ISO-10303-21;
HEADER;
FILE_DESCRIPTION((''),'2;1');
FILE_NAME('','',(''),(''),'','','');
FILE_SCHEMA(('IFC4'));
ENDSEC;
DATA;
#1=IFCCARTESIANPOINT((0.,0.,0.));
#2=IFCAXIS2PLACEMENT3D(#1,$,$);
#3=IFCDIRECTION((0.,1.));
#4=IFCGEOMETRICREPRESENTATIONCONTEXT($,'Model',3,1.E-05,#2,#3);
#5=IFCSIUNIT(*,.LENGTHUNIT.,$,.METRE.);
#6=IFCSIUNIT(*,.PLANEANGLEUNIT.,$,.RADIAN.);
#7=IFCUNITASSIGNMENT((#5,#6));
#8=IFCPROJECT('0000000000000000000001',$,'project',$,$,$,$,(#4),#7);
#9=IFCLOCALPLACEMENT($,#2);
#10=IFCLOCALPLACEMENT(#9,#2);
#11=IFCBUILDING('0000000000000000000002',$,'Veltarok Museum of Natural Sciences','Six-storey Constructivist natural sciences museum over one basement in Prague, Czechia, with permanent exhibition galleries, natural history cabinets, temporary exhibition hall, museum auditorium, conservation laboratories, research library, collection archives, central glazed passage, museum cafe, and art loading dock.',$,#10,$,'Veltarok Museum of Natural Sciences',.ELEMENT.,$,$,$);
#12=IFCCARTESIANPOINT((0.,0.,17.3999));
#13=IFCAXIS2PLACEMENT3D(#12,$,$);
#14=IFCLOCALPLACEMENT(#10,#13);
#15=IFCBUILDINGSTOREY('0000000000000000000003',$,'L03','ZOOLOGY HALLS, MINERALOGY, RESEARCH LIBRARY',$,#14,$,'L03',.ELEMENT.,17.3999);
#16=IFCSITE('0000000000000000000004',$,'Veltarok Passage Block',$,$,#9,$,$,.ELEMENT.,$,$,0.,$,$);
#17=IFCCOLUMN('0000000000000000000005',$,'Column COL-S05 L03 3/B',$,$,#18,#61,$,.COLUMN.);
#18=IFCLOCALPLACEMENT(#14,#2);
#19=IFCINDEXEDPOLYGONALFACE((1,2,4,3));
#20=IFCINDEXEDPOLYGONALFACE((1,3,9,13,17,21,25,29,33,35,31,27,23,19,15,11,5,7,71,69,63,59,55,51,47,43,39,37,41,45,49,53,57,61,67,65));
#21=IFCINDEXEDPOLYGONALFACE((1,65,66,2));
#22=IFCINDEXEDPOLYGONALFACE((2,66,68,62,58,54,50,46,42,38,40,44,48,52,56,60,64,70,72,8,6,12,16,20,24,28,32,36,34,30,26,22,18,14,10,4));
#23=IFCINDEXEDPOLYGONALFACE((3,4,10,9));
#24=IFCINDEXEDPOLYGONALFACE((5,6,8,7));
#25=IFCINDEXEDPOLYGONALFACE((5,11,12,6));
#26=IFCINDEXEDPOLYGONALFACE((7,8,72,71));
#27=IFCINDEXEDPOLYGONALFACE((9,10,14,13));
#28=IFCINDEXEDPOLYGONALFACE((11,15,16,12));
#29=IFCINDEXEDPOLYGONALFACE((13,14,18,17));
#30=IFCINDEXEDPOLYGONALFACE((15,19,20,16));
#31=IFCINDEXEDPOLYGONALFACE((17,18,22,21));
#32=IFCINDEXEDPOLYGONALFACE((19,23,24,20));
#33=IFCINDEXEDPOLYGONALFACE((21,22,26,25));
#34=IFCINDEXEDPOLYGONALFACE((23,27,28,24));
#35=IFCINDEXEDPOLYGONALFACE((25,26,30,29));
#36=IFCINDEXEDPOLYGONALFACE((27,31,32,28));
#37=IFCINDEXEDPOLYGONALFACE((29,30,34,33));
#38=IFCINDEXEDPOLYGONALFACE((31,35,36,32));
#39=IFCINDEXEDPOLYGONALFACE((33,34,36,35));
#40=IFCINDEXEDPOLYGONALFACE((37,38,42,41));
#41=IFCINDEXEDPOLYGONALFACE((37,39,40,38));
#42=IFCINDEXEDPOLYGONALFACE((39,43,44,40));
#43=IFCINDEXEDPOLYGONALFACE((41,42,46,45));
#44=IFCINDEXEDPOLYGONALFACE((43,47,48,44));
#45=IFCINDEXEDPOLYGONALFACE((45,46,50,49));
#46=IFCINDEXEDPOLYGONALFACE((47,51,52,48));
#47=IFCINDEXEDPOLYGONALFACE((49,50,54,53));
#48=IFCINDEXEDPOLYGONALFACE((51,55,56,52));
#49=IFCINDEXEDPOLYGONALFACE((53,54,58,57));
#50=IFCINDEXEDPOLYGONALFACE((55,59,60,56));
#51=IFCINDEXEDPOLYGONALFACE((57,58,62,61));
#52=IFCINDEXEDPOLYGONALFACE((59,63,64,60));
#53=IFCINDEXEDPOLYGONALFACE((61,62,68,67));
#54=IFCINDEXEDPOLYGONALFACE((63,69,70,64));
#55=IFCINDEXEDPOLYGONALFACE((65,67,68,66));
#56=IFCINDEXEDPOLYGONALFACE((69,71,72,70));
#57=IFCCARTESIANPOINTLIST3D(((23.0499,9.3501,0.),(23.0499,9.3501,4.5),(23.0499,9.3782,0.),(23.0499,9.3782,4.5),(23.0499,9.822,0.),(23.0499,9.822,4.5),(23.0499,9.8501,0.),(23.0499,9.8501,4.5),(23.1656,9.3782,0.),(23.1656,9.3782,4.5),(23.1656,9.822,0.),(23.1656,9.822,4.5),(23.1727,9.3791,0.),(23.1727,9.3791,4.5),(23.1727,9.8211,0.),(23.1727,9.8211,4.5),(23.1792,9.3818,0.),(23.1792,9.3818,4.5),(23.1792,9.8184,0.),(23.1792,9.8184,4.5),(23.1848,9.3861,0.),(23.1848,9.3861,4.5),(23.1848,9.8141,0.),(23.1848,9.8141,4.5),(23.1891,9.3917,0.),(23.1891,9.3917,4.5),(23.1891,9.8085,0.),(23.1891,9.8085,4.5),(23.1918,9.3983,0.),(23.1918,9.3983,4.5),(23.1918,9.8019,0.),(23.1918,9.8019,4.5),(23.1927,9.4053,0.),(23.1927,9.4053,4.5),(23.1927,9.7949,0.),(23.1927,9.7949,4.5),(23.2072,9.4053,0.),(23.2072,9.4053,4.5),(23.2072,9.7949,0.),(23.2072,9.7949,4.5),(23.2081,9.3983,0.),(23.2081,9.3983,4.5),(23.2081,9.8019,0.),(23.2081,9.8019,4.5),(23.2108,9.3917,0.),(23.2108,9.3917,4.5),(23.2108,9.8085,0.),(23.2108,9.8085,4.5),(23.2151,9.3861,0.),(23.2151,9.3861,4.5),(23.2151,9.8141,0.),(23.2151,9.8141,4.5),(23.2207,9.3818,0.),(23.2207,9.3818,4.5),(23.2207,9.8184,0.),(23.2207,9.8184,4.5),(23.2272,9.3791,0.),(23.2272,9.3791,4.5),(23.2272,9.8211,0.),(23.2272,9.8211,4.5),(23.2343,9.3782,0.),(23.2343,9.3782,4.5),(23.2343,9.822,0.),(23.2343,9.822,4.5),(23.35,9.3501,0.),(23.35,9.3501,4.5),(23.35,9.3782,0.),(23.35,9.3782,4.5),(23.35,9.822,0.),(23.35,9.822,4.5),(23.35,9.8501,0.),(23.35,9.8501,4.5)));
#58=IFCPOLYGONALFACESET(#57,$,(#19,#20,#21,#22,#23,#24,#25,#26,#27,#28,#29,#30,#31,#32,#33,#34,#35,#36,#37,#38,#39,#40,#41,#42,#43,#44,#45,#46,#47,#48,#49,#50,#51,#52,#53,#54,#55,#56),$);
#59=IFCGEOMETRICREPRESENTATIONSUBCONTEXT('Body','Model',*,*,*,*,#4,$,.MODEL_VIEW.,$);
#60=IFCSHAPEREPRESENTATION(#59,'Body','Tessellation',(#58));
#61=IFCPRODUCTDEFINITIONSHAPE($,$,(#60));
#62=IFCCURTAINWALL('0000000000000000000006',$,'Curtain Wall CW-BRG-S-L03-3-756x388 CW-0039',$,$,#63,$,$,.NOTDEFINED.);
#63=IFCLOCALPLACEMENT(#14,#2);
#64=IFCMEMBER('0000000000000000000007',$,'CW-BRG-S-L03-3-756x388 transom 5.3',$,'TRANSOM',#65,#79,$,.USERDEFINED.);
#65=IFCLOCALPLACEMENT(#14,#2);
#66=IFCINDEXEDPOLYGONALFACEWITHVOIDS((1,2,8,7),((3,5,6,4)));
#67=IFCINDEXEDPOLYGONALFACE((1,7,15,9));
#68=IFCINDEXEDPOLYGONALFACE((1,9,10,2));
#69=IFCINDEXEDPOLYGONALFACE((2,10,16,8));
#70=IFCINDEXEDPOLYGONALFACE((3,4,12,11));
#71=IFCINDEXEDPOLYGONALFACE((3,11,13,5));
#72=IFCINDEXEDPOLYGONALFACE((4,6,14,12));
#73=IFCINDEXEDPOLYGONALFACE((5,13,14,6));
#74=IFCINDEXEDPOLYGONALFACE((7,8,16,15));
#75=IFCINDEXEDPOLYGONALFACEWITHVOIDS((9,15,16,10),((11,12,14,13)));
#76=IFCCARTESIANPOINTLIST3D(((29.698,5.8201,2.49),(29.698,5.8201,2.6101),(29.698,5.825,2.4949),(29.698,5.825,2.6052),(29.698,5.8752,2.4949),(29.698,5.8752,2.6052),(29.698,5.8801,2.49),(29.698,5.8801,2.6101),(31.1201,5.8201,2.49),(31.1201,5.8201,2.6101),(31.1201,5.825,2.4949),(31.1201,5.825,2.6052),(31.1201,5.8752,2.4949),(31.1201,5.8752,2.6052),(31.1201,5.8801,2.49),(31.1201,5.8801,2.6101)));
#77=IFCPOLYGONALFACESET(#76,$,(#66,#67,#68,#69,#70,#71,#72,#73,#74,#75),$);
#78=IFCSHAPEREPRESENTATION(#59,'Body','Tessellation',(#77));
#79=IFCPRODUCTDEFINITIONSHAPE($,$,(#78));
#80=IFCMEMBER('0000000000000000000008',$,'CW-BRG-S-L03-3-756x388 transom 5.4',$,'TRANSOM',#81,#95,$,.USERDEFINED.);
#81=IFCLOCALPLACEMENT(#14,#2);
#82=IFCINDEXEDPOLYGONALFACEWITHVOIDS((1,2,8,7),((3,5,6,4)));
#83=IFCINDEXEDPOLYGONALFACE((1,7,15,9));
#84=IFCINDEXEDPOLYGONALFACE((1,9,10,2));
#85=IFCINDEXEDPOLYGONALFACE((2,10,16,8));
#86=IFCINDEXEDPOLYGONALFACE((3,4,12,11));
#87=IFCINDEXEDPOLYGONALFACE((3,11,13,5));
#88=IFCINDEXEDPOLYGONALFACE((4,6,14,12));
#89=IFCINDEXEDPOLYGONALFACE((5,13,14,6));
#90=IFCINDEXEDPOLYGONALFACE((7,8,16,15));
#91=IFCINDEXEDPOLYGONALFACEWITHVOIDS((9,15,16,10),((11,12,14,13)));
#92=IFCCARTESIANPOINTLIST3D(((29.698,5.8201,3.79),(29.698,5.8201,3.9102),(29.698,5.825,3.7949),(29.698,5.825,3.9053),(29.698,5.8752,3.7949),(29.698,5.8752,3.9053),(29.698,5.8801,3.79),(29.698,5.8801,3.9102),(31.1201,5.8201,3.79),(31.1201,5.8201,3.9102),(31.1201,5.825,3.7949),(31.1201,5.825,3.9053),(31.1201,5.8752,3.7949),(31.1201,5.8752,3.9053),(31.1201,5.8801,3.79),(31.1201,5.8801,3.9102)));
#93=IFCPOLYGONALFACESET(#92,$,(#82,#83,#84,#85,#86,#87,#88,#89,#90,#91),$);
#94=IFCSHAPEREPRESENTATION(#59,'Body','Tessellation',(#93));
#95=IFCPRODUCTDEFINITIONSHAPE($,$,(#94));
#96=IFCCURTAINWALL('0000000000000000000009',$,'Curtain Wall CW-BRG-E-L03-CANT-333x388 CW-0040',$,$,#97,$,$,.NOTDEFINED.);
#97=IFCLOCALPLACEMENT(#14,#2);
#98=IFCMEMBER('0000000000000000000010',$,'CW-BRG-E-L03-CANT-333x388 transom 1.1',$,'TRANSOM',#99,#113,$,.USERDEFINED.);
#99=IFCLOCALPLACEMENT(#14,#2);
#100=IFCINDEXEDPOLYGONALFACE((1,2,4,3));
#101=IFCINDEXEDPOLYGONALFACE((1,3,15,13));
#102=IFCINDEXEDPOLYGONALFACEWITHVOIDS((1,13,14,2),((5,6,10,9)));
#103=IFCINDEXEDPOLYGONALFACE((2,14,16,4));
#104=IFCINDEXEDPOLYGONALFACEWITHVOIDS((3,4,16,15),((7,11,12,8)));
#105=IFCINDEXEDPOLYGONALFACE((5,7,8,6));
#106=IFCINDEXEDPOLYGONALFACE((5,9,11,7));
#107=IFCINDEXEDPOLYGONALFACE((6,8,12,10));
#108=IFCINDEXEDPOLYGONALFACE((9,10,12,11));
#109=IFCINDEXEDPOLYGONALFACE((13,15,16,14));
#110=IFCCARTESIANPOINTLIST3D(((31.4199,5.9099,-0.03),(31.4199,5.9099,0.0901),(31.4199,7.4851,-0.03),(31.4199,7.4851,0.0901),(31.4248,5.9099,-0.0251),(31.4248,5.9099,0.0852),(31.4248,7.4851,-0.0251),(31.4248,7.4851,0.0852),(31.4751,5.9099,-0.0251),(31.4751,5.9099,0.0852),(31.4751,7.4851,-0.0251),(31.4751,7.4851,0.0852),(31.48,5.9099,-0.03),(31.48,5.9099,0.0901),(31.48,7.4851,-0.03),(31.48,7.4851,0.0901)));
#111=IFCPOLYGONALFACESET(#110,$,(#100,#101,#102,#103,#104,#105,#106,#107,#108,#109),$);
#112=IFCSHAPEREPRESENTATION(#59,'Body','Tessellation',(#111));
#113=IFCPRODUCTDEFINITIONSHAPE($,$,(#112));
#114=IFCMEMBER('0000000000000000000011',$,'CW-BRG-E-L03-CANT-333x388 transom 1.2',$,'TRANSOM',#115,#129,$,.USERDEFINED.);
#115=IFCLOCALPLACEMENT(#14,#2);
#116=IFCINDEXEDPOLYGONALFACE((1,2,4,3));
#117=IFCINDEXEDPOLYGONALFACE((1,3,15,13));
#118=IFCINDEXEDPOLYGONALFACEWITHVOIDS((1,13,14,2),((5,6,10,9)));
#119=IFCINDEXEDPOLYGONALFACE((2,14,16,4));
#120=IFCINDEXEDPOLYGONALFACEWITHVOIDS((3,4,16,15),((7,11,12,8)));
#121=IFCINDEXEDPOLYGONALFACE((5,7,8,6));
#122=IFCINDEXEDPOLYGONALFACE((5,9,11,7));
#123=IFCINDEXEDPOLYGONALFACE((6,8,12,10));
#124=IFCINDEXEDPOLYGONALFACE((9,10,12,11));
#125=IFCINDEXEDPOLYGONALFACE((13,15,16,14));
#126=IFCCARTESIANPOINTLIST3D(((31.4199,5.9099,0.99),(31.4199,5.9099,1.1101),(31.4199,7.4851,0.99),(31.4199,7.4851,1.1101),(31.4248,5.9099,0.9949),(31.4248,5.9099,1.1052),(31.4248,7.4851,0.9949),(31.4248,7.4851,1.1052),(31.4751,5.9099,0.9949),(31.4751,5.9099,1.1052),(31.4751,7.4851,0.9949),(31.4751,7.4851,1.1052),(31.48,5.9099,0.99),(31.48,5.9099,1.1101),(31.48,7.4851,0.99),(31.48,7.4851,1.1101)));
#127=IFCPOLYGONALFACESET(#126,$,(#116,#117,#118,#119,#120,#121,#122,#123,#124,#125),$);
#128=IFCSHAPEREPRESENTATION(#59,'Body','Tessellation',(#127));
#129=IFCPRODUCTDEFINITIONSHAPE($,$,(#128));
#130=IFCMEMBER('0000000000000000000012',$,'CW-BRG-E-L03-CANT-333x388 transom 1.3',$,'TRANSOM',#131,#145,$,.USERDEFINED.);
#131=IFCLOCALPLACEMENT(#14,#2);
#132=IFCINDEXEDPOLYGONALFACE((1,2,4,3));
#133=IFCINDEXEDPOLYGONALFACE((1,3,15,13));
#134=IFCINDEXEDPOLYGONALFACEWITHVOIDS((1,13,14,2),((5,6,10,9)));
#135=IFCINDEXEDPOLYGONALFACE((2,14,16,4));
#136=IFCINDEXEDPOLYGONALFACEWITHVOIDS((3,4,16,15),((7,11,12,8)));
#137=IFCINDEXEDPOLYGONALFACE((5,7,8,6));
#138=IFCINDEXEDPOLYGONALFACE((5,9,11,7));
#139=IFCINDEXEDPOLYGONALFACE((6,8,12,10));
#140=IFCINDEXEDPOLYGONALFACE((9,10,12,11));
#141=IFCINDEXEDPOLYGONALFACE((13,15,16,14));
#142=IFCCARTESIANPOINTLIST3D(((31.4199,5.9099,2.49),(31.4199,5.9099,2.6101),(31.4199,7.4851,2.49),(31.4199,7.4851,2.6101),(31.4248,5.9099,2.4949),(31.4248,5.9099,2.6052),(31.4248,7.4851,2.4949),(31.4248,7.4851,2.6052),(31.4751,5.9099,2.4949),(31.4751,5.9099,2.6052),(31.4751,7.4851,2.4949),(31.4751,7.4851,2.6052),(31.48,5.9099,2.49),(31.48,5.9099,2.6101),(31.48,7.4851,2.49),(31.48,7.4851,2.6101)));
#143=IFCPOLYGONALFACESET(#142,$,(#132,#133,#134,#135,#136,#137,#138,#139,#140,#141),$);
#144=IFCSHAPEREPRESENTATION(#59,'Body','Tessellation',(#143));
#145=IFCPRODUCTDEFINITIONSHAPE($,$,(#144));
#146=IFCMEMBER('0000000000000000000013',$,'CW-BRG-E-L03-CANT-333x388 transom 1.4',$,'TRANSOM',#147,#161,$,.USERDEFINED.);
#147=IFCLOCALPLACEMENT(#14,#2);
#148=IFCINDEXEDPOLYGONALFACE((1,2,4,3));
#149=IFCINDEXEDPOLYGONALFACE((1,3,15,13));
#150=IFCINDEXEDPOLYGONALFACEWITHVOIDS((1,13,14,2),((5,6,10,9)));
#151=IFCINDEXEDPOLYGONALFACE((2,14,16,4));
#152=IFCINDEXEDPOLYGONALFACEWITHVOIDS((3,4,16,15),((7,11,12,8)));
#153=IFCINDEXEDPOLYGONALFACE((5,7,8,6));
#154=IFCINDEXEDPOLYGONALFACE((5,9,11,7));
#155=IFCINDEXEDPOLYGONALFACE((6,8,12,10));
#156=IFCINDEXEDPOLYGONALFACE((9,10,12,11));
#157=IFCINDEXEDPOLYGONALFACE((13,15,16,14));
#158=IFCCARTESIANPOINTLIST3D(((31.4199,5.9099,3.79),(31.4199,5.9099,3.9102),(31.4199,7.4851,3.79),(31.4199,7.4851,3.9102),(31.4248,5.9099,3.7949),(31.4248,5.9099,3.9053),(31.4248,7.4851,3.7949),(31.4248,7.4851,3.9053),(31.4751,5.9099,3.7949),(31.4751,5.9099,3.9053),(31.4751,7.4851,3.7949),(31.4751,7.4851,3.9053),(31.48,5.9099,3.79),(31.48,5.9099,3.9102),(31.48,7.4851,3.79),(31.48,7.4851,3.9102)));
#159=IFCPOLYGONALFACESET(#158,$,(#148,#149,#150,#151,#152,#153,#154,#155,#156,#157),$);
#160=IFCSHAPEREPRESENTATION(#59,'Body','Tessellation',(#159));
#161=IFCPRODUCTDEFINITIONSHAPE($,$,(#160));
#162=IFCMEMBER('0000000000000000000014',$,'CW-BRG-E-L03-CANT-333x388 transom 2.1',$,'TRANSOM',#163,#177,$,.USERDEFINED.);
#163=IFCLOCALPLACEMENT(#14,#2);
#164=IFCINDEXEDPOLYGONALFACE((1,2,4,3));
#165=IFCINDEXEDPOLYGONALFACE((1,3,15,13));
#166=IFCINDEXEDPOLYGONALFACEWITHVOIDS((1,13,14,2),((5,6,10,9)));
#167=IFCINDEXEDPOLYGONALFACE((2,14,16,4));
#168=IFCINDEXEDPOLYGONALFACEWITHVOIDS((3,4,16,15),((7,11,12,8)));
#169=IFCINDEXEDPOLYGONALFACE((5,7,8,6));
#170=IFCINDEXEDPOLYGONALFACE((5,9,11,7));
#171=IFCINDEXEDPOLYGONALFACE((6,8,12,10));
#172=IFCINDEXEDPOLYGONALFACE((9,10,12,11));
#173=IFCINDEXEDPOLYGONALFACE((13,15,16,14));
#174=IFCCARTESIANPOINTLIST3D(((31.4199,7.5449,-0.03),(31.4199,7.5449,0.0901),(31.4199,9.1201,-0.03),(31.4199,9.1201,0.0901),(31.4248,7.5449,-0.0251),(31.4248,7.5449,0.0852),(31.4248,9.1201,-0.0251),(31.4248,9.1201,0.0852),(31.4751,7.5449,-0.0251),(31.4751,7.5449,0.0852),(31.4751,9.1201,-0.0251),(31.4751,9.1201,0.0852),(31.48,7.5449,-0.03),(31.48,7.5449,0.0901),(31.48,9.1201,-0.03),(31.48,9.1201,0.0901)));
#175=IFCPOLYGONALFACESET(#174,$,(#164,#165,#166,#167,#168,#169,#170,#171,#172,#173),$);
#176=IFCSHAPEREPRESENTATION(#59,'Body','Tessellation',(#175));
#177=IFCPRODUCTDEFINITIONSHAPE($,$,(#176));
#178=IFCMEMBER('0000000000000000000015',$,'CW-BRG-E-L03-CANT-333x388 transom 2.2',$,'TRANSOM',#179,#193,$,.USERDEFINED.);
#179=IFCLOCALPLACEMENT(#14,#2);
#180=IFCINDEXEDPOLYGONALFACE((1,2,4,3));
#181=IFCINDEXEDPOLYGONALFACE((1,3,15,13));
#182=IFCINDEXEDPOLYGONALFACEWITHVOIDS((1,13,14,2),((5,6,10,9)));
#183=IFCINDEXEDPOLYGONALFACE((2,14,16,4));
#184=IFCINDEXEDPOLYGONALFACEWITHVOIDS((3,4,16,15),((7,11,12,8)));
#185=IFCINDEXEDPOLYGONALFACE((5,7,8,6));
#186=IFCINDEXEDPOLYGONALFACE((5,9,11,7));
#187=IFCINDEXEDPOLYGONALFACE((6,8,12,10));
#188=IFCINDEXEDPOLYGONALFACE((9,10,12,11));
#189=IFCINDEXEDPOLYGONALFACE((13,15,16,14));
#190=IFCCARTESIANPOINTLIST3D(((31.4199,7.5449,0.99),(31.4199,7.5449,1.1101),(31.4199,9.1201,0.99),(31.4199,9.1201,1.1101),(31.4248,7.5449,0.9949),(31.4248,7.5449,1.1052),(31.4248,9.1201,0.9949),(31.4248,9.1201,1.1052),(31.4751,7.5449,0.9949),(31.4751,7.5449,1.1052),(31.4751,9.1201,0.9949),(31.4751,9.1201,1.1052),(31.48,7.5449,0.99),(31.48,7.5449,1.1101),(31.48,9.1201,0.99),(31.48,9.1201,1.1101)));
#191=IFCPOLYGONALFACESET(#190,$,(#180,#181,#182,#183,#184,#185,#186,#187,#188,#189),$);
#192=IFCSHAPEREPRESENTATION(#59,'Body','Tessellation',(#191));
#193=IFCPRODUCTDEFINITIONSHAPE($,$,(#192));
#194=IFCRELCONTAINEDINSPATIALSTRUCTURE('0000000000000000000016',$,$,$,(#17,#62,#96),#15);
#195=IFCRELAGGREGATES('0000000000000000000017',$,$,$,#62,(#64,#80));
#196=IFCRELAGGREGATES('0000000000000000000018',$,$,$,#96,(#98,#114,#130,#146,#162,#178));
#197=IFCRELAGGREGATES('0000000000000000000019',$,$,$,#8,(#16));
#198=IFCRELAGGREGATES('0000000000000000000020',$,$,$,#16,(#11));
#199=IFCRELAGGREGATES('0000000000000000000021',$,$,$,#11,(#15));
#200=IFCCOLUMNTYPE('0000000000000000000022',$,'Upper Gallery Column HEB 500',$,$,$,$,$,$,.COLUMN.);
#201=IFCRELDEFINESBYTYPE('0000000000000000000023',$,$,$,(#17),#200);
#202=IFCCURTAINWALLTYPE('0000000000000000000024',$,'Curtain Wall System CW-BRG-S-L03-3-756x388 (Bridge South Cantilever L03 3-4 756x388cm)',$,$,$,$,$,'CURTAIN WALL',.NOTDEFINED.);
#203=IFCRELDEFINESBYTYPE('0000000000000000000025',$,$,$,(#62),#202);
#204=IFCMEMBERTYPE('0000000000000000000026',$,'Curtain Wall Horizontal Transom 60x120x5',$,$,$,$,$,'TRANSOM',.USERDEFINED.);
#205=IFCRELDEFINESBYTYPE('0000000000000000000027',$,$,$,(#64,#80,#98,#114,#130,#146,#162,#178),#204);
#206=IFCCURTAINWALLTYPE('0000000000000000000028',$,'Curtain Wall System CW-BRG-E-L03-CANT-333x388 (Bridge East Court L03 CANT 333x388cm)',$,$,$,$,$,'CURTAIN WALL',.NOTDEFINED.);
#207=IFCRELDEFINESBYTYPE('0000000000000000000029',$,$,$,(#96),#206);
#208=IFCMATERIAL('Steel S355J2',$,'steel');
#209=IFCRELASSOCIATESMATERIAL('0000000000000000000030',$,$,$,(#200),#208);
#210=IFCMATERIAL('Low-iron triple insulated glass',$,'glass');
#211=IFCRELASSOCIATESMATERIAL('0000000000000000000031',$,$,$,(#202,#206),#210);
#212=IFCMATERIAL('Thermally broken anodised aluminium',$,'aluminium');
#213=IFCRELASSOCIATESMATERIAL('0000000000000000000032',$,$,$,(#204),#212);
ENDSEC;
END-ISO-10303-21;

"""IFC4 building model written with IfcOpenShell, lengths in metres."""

from ifc_helpers import new_model, si_unit, direction, frame, origin, origin_2d, place, context, subcontext, project, spatial, hollow_rectangle, i_section, extrude, material, material_profile, profile_set, type_object, element, aggregate, save


model = new_model("IFC4")

# Units and contexts
model_context = context("Model", 3, precision=1e-05, world=origin(), true_north=direction((0.0, 1.0)))
body_context = subcontext(model_context, "Body", "Model", "MODEL_VIEW")
ifc_project = project(units=[si_unit("LENGTHUNIT", "METRE"), si_unit("PLANEANGLEUNIT", "RADIAN")], contexts=[model_context])

# Site, building, storey
site_placement = place(None, origin())
site = spatial("IfcSite", under=ifc_project, at=site_placement, Name="Veltarok Passage Block", CompositionType="ELEMENT", RefElevation=0.0)
building_placement = place(site_placement, origin())
building = spatial("IfcBuilding", under=site, at=building_placement, Name="Veltarok Museum of Natural Sciences", Description="Six-storey Constructivist natural sciences museum over one basement in Prague, Czechia, with permanent exhibition galleries, natural history cabinets, temporary exhibition hall, museum auditorium, conservation laboratories, research library, collection archives, central glazed passage, museum cafe, and art loading dock.", LongName="Veltarok Museum of Natural Sciences", CompositionType="ELEMENT")
storey_placement = place(building_placement, frame((0.0, 0.0, 17.3999)))
storey = spatial("IfcBuildingStorey", under=building, at=storey_placement, Name="L03", Description="ZOOLOGY HALLS, MINERALOGY, RESEARCH LIBRARY", LongName="L03", CompositionType="ELEMENT", Elevation=17.3999)

# Column
ifc_material_1 = material(Name="Steel S355J2", Category="steel")
ifc_material_profile_1 = material_profile(ifc_material_1, i_section(OverallWidth=0.3, OverallDepth=0.5, WebThickness=0.0144, FlangeThickness=0.0281, FilletRadius=0.0271, at=origin_2d()), Name="HEB 500")
ifc_profile_set_1 = profile_set([ifc_material_profile_1], Name="Steel S355J2")
column_type = type_object("IfcColumnType", Name="Upper Gallery Column HEB 500", PredefinedType="COLUMN", material=ifc_profile_set_1)
column_placement = place(storey_placement, frame((23.2, 9.6001, 0.0), z_axis=(0.0, 0.0, 1.0), x_axis=(1.0, 0.0, 0.0)))
element("IfcColumn", 1, at=column_placement, inside=storey, type_object=column_type, Name="Column COL-S05 L03 3/B", PredefinedType="COLUMN", context=body_context, shape_type="SweptSolid", body=[
    extrude(i_section(OverallWidth=0.3, OverallDepth=0.5, WebThickness=0.0144, FlangeThickness=0.0281, FilletRadius=0.0271, at=origin_2d()), origin(), (0.0, 0.0, 1.0), 4.5),
])

# Curtain walls, members
ifc_material_2 = material(Name="Low-iron triple insulated glass", Category="glass")
curtain_wall_type_1 = type_object("IfcCurtainWallType", Name="Curtain Wall System CW-BRG-S-L03-3-756x388 (Bridge South Cantilever L03 3-4 756x388cm)", ElementType="CURTAIN WALL", PredefinedType="NOTDEFINED", material=ifc_material_2)
curtain_wall_1_placement = place(storey_placement, origin())
curtain_wall_1 = element("IfcCurtainWall", 2, at=curtain_wall_1_placement, inside=storey, type_object=curtain_wall_type_1, Name="Curtain Wall CW-BRG-S-L03-3-756x388 CW-0039", PredefinedType="NOTDEFINED")
ifc_material_3 = material(Name="Thermally broken anodised aluminium", Category="aluminium")
ifc_material_profile_2 = material_profile(ifc_material_3, hollow_rectangle(XDim=0.0601, YDim=0.1201, WallThickness=0.0049, at=origin_2d()), Name="CW TRANSOM 60x120x5")
ifc_profile_set_2 = profile_set([ifc_material_profile_2], Name="Thermally broken anodised aluminium")
member_type_1 = type_object("IfcMemberType", Name="Curtain Wall Horizontal Transom 60x120x5", ElementType="TRANSOM", PredefinedType="USERDEFINED", material=ifc_profile_set_2)
member_1_placement = place(storey_placement, frame((29.698, 5.8501, 2.55), z_axis=(1.0, 0.0, 0.0), x_axis=(0.0, 1.0, 0.0)))
member_1 = element("IfcMember", 3, at=member_1_placement, type_object=member_type_1, Name="CW-BRG-S-L03-3-756x388 transom 5.3", ObjectType="TRANSOM", PredefinedType="USERDEFINED", context=body_context, shape_type="SweptSolid", body=[
    extrude(hollow_rectangle(XDim=0.0601, YDim=0.1201, WallThickness=0.0049, at=origin_2d()), origin(), (0.0, 0.0, 1.0), 1.4221),
])
member_2_placement = place(storey_placement, frame((29.698, 5.8501, 3.8501), z_axis=(1.0, 0.0, 0.0), x_axis=(0.0, 1.0, 0.0)))
member_2 = element("IfcMember", 4, at=member_2_placement, type_object=member_type_1, Name="CW-BRG-S-L03-3-756x388 transom 5.4", ObjectType="TRANSOM", PredefinedType="USERDEFINED", context=body_context, shape_type="SweptSolid", body=[
    extrude(hollow_rectangle(XDim=0.0601, YDim=0.1201, WallThickness=0.0049, at=origin_2d()), origin(), (0.0, 0.0, 1.0), 1.4221),
])
curtain_wall_type_2 = type_object("IfcCurtainWallType", Name="Curtain Wall System CW-BRG-E-L03-CANT-333x388 (Bridge East Court L03 CANT 333x388cm)", ElementType="CURTAIN WALL", PredefinedType="NOTDEFINED", material=ifc_material_2)
curtain_wall_2_placement = place(storey_placement, origin())
curtain_wall_2 = element("IfcCurtainWall", 5, at=curtain_wall_2_placement, inside=storey, type_object=curtain_wall_type_2, Name="Curtain Wall CW-BRG-E-L03-CANT-333x388 CW-0040", PredefinedType="NOTDEFINED")
member_3_placement = place(storey_placement, frame((31.45, 5.9099, 0.03), z_axis=(0.0, 1.0, 0.0), x_axis=(-1.0, 0.0, 0.0)))
member_3 = element("IfcMember", 6, at=member_3_placement, type_object=member_type_1, Name="CW-BRG-E-L03-CANT-333x388 transom 1.1", ObjectType="TRANSOM", PredefinedType="USERDEFINED", context=body_context, shape_type="SweptSolid", body=[
    extrude(hollow_rectangle(XDim=0.0601, YDim=0.1201, WallThickness=0.0049, at=origin_2d()), origin(), (0.0, 0.0, 1.0), 1.5752),
])
member_4_placement = place(storey_placement, frame((31.45, 5.9099, 1.05), z_axis=(0.0, 1.0, 0.0), x_axis=(-1.0, 0.0, 0.0)))
member_4 = element("IfcMember", 7, at=member_4_placement, type_object=member_type_1, Name="CW-BRG-E-L03-CANT-333x388 transom 1.2", ObjectType="TRANSOM", PredefinedType="USERDEFINED", context=body_context, shape_type="SweptSolid", body=[
    extrude(hollow_rectangle(XDim=0.0601, YDim=0.1201, WallThickness=0.0049, at=origin_2d()), origin(), (0.0, 0.0, 1.0), 1.5752),
])
member_5_placement = place(storey_placement, frame((31.45, 5.9099, 2.55), z_axis=(0.0, 1.0, 0.0), x_axis=(-1.0, 0.0, 0.0)))
member_5 = element("IfcMember", 8, at=member_5_placement, type_object=member_type_1, Name="CW-BRG-E-L03-CANT-333x388 transom 1.3", ObjectType="TRANSOM", PredefinedType="USERDEFINED", context=body_context, shape_type="SweptSolid", body=[
    extrude(hollow_rectangle(XDim=0.0601, YDim=0.1201, WallThickness=0.0049, at=origin_2d()), origin(), (0.0, 0.0, 1.0), 1.5752),
])
member_6_placement = place(storey_placement, frame((31.45, 5.9099, 3.8501), z_axis=(0.0, 1.0, 0.0), x_axis=(-1.0, 0.0, 0.0)))
member_6 = element("IfcMember", 9, at=member_6_placement, type_object=member_type_1, Name="CW-BRG-E-L03-CANT-333x388 transom 1.4", ObjectType="TRANSOM", PredefinedType="USERDEFINED", context=body_context, shape_type="SweptSolid", body=[
    extrude(hollow_rectangle(XDim=0.0601, YDim=0.1201, WallThickness=0.0049, at=origin_2d()), origin(), (0.0, 0.0, 1.0), 1.5752),
])
member_7_placement = place(storey_placement, frame((31.45, 7.5449, 0.03), z_axis=(0.0, 1.0, 0.0), x_axis=(-1.0, 0.0, 0.0)))
member_7 = element("IfcMember", 10, at=member_7_placement, type_object=member_type_1, Name="CW-BRG-E-L03-CANT-333x388 transom 2.1", ObjectType="TRANSOM", PredefinedType="USERDEFINED", context=body_context, shape_type="SweptSolid", body=[
    extrude(hollow_rectangle(XDim=0.0601, YDim=0.1201, WallThickness=0.0049, at=origin_2d()), origin(), (0.0, 0.0, 1.0), 1.5752),
])
member_8_placement = place(storey_placement, frame((31.45, 7.5449, 1.05), z_axis=(0.0, 1.0, 0.0), x_axis=(-1.0, 0.0, 0.0)))
member_8 = element("IfcMember", 11, at=member_8_placement, type_object=member_type_1, Name="CW-BRG-E-L03-CANT-333x388 transom 2.2", ObjectType="TRANSOM", PredefinedType="USERDEFINED", context=body_context, shape_type="SweptSolid", body=[
    extrude(hollow_rectangle(XDim=0.0601, YDim=0.1201, WallThickness=0.0049, at=origin_2d()), origin(), (0.0, 0.0, 1.0), 1.5752),
])

aggregate(curtain_wall_1, [member_1, member_2])
aggregate(curtain_wall_2, [member_3, member_4, member_5, member_6, member_7, member_8])

save(model, "model.ifc")
